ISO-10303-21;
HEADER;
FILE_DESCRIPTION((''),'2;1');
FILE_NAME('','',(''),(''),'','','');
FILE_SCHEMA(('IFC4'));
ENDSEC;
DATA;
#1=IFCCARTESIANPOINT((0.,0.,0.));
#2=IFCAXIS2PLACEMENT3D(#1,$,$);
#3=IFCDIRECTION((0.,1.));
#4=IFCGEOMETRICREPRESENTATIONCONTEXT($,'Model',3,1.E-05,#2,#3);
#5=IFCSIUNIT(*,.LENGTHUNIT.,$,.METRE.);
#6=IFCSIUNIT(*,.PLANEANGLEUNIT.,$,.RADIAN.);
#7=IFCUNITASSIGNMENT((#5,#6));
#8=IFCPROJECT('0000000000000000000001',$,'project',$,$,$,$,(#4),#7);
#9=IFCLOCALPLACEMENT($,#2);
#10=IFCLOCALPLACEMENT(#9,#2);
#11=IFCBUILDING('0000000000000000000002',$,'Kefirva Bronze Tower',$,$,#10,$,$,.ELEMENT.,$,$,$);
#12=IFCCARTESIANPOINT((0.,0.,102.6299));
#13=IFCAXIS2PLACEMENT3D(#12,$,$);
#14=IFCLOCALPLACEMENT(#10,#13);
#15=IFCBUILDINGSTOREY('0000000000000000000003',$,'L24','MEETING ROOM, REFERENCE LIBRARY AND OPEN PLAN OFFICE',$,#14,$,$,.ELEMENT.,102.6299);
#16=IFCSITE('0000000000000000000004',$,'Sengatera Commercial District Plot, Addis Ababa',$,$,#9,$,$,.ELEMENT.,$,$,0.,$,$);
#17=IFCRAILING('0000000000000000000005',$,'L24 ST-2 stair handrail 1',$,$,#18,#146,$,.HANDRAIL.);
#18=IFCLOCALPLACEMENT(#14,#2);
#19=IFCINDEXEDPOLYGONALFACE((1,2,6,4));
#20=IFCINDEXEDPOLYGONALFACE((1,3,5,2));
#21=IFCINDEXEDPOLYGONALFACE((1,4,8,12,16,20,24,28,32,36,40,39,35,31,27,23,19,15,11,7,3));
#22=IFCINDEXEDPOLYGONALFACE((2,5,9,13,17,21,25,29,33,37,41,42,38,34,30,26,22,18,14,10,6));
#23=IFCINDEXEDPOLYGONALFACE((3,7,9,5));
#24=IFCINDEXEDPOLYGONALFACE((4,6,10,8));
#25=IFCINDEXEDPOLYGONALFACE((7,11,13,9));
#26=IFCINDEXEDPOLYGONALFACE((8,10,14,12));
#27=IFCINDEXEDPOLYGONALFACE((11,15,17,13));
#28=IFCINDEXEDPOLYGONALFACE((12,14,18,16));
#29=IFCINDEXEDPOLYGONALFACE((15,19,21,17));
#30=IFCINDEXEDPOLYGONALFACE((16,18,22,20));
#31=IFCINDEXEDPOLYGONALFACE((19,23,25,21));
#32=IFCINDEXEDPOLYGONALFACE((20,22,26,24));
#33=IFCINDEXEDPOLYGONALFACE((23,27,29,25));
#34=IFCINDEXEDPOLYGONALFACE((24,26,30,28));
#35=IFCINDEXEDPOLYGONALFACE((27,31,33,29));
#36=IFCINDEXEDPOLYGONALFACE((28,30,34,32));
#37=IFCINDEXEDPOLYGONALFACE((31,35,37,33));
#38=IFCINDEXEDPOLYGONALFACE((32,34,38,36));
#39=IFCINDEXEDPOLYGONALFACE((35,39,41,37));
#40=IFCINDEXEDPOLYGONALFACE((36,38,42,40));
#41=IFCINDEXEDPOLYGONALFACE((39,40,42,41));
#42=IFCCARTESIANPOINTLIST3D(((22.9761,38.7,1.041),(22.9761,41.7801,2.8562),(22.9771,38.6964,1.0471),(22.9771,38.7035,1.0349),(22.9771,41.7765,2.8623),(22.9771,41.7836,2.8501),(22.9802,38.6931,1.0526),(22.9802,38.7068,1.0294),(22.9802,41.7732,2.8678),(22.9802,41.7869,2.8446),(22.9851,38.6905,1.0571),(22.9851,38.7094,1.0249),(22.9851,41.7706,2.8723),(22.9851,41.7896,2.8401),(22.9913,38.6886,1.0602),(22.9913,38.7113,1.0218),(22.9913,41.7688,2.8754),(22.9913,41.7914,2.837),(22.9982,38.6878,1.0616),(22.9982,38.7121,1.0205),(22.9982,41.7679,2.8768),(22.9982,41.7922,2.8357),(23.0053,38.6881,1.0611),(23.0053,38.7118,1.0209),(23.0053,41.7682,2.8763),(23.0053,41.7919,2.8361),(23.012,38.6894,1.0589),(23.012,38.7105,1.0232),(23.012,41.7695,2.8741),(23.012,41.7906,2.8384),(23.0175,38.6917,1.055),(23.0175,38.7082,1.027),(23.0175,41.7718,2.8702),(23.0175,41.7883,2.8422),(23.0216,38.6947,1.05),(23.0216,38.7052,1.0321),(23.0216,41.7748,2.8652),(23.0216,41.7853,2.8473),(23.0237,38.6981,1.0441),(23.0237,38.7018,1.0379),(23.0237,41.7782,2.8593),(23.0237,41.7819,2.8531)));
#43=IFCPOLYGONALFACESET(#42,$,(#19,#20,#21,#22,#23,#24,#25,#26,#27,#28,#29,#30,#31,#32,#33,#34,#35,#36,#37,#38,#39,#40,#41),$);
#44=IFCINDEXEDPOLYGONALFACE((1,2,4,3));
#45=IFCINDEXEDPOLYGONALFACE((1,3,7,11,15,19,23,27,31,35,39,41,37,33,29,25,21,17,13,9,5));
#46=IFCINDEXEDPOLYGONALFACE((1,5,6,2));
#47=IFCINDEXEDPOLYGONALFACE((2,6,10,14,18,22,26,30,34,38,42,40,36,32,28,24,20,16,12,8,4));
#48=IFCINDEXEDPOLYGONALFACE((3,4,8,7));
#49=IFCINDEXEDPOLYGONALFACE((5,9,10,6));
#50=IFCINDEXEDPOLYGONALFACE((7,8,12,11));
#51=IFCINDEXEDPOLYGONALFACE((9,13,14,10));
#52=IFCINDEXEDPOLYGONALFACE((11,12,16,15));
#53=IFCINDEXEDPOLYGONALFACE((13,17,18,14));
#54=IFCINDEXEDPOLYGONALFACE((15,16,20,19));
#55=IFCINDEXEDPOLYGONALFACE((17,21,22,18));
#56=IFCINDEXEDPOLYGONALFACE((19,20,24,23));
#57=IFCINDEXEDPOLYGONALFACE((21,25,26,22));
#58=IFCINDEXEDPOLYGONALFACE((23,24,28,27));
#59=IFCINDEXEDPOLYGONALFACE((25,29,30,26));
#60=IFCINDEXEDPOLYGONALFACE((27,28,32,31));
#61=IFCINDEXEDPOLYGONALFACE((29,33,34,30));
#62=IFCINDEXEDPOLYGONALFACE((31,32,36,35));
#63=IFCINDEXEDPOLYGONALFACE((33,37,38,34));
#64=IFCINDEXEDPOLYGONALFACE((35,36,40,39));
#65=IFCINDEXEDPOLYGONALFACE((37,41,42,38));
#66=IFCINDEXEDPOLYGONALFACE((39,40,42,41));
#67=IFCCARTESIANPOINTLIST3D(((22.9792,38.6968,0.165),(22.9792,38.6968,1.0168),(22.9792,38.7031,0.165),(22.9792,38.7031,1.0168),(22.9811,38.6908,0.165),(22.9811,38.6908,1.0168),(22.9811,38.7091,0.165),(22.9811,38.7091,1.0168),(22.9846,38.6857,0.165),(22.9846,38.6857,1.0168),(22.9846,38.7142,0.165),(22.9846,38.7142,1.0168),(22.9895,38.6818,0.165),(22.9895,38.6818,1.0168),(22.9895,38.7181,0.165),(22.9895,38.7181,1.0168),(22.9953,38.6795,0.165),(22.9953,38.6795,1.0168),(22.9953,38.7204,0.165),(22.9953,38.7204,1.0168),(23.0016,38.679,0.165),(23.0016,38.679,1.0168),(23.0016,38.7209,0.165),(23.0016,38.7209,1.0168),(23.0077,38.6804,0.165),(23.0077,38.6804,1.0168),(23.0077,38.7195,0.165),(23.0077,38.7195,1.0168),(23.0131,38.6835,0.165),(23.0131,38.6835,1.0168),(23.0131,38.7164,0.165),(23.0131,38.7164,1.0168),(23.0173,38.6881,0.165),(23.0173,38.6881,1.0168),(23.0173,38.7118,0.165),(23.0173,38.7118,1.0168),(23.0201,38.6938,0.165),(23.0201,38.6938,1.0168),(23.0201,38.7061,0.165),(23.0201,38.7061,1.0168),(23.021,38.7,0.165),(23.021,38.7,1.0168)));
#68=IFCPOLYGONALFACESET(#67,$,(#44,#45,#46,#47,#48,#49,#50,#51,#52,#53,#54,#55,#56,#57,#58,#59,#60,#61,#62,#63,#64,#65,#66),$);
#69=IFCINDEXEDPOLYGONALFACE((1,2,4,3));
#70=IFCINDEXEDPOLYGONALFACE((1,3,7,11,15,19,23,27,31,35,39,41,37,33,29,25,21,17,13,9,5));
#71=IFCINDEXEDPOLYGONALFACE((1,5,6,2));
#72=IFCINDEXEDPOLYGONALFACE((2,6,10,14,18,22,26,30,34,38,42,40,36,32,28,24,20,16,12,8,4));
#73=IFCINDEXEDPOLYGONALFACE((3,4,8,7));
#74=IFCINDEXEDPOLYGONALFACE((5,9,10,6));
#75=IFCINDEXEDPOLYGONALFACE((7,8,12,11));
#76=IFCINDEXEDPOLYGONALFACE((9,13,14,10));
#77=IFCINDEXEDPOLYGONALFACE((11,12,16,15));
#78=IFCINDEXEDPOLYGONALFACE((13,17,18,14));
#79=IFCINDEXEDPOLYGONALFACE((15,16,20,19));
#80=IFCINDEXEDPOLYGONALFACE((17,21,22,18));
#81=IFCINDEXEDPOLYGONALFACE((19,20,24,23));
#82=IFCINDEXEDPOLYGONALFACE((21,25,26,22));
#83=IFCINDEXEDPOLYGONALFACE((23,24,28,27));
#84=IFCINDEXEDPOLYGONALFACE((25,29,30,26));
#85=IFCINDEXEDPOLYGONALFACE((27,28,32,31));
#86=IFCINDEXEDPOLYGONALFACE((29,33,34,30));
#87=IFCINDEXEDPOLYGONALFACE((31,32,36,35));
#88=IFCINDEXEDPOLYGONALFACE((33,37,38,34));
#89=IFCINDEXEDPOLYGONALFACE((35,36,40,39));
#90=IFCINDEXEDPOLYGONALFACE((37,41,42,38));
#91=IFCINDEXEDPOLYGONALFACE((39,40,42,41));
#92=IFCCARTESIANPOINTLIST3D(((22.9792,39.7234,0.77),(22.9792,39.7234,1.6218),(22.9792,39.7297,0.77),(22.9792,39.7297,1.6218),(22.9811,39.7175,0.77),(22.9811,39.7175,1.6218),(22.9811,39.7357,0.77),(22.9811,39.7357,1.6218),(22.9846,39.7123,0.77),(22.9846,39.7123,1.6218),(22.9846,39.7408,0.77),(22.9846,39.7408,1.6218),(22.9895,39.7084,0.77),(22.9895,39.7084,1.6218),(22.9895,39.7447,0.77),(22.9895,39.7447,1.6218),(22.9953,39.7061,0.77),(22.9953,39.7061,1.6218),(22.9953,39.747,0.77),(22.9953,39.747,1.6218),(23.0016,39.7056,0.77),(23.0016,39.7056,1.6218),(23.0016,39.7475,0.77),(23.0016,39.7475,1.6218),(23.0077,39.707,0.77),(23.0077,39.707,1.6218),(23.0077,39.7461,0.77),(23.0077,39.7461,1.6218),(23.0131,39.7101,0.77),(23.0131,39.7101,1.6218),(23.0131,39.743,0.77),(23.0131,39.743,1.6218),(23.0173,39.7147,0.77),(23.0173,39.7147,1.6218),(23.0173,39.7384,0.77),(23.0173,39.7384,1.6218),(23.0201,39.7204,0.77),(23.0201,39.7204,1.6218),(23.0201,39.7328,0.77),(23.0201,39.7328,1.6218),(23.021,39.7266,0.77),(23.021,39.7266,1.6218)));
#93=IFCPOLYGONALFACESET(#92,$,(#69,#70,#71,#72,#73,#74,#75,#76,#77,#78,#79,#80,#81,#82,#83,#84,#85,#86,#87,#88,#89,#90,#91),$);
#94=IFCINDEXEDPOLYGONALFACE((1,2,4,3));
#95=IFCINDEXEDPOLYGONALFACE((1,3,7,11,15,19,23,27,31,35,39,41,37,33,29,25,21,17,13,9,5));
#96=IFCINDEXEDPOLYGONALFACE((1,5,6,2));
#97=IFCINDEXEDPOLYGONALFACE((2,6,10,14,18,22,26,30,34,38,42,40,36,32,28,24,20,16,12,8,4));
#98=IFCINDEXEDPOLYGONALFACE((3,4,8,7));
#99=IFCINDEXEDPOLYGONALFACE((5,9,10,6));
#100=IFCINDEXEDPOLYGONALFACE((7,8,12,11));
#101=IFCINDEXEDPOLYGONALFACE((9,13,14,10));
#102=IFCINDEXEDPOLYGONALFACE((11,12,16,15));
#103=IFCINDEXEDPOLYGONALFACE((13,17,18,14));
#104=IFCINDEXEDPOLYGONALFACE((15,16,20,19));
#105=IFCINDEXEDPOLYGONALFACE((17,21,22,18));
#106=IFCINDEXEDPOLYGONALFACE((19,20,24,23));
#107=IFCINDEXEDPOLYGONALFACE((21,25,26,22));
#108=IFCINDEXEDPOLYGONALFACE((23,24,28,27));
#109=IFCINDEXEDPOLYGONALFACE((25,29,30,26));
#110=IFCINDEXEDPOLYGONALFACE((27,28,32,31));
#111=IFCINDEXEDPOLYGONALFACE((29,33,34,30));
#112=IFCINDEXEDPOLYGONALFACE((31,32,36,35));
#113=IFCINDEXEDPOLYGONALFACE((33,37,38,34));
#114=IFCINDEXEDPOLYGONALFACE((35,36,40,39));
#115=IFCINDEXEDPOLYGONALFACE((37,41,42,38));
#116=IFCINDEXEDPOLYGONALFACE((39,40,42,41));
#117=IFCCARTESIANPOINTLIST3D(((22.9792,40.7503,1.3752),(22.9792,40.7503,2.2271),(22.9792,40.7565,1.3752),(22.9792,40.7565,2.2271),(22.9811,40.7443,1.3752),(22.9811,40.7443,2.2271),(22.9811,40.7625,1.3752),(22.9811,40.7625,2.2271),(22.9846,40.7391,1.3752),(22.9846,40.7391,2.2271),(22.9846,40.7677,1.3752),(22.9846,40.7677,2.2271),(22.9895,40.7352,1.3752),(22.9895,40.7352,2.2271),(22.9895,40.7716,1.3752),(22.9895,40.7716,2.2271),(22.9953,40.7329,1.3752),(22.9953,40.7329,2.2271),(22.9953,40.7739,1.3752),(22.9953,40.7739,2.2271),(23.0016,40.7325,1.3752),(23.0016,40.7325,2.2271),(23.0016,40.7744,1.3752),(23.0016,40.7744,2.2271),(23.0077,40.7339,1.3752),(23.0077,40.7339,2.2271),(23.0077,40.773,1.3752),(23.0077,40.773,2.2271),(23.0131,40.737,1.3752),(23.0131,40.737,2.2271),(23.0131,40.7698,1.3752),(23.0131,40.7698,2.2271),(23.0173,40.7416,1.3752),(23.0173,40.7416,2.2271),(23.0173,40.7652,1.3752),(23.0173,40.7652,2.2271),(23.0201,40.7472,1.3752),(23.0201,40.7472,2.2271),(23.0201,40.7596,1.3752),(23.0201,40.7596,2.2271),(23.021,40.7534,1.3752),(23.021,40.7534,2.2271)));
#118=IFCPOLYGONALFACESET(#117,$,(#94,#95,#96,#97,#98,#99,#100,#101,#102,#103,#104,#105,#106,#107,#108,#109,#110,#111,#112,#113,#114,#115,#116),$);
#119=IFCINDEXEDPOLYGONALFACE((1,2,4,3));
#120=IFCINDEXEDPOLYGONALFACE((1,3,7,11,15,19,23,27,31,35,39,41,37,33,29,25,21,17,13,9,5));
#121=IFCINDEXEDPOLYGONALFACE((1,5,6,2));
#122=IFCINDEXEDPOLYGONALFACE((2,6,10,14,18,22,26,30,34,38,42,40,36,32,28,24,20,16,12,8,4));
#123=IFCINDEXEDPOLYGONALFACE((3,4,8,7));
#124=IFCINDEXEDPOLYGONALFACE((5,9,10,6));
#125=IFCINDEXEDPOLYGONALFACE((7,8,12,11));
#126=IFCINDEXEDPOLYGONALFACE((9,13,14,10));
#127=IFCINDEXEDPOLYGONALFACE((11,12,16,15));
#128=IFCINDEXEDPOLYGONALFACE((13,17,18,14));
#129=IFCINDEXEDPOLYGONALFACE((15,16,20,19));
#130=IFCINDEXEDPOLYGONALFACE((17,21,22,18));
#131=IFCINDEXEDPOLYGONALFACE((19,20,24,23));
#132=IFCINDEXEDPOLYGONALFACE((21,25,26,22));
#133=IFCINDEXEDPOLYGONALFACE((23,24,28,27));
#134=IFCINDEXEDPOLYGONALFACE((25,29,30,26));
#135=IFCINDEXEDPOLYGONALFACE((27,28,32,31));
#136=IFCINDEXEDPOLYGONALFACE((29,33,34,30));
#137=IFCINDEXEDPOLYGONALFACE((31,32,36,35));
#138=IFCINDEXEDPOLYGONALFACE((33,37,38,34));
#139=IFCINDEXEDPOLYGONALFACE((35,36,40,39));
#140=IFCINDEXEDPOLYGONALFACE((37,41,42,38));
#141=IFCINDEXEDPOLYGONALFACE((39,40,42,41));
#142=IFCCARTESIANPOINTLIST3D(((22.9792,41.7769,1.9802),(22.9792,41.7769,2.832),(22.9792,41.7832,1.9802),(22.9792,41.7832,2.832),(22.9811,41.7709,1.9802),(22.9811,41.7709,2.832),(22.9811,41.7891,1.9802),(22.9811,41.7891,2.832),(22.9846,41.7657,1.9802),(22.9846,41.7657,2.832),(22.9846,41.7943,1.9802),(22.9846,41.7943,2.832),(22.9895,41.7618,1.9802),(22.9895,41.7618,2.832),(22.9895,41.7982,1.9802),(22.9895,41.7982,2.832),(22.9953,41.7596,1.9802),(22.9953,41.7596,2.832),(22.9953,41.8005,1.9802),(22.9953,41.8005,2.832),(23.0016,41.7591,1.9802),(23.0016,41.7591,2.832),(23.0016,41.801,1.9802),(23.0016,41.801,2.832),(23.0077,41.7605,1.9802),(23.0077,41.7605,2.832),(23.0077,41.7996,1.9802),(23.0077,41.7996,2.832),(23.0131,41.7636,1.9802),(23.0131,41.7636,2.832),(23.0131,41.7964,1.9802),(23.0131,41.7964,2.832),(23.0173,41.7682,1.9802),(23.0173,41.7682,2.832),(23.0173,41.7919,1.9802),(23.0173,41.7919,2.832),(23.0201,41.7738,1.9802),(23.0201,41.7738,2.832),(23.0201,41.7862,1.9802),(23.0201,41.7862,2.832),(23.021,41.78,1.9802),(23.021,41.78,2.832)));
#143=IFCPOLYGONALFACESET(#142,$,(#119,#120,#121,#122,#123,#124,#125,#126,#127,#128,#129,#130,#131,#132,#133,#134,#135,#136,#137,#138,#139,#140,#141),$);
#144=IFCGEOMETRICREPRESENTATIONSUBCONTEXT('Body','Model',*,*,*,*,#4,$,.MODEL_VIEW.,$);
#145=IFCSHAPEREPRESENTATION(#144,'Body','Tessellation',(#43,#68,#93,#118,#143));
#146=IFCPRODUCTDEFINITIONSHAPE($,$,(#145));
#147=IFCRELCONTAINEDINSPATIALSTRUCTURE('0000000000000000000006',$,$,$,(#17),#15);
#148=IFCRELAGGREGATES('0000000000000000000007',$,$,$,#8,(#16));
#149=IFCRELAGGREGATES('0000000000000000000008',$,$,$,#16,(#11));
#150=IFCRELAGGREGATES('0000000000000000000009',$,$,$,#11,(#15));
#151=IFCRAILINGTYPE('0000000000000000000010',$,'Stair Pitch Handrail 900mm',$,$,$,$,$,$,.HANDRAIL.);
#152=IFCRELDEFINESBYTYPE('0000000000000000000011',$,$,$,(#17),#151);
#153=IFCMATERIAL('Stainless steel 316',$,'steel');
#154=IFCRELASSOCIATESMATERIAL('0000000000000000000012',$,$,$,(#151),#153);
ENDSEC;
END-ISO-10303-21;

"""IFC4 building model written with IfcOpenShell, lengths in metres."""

from ifc_helpers import new_model, si_unit, direction, frame, origin, origin_2d, place, context, subcontext, project, spatial, circle, extrude, material, type_object, element, save


model = new_model("IFC4")

# Units and contexts
model_context = context("Model", 3, precision=1e-05, world=origin(), true_north=direction((0.0, 1.0)))
body_context = subcontext(model_context, "Body", "Model", "MODEL_VIEW")
ifc_project = project(units=[si_unit("LENGTHUNIT", "METRE"), si_unit("PLANEANGLEUNIT", "RADIAN")], contexts=[model_context])

# Site, building, storey
site_placement = place(None, origin())
site = spatial("IfcSite", under=ifc_project, at=site_placement, Name="Sengatera Commercial District Plot, Addis Ababa", CompositionType="ELEMENT", RefElevation=0.0)
building_placement = place(site_placement, origin())
building = spatial("IfcBuilding", under=site, at=building_placement, Name="Kefirva Bronze Tower", CompositionType="ELEMENT")
storey_placement = place(building_placement, frame((0.0, 0.0, 102.6299)))
storey = spatial("IfcBuildingStorey", under=building, at=storey_placement, Name="L24", Description="MEETING ROOM, REFERENCE LIBRARY AND OPEN PLAN OFFICE", CompositionType="ELEMENT", Elevation=102.6299)

# Railing
ifc_material_1 = material(Name="Stainless steel 316", Category="steel")
railing_type_1 = type_object("IfcRailingType", Name="Stair Pitch Handrail 900mm", PredefinedType="HANDRAIL", material=ifc_material_1)
railing_1_placement = place(storey_placement, frame((23.0, 38.7, 0.165)))
element("IfcRailing", 1, at=railing_1_placement, inside=storey, type_object=railing_type_1, Name="L24 ST-2 stair handrail 1", PredefinedType="HANDRAIL", context=body_context, shape_type="SweptSolid", body=[
    extrude(circle(Radius=0.0239, at=origin_2d()), frame((0.0, 0.0, 0.876), z_axis=(0.0, 0.861521, 0.507721), x_axis=(-1.0, 0.0, 0.0)), (0.0, 0.0, 1.0), 3.5752),
    extrude(circle(Radius=0.021, at=origin_2d()), origin(), (0.0, 0.0, 1.0), 0.8518),
    extrude(circle(Radius=0.021, at=origin_2d()), frame((0.0, 1.0266, 0.605)), (0.0, 0.0, 1.0), 0.8518),
    extrude(circle(Radius=0.021, at=origin_2d()), frame((0.0, 2.0535, 1.2102)), (0.0, 0.0, 1.0), 0.8518),
    extrude(circle(Radius=0.021, at=origin_2d()), frame((0.0, 3.0801, 1.8152)), (0.0, 0.0, 1.0), 0.8518),
])

save(model, "model.ifc")
